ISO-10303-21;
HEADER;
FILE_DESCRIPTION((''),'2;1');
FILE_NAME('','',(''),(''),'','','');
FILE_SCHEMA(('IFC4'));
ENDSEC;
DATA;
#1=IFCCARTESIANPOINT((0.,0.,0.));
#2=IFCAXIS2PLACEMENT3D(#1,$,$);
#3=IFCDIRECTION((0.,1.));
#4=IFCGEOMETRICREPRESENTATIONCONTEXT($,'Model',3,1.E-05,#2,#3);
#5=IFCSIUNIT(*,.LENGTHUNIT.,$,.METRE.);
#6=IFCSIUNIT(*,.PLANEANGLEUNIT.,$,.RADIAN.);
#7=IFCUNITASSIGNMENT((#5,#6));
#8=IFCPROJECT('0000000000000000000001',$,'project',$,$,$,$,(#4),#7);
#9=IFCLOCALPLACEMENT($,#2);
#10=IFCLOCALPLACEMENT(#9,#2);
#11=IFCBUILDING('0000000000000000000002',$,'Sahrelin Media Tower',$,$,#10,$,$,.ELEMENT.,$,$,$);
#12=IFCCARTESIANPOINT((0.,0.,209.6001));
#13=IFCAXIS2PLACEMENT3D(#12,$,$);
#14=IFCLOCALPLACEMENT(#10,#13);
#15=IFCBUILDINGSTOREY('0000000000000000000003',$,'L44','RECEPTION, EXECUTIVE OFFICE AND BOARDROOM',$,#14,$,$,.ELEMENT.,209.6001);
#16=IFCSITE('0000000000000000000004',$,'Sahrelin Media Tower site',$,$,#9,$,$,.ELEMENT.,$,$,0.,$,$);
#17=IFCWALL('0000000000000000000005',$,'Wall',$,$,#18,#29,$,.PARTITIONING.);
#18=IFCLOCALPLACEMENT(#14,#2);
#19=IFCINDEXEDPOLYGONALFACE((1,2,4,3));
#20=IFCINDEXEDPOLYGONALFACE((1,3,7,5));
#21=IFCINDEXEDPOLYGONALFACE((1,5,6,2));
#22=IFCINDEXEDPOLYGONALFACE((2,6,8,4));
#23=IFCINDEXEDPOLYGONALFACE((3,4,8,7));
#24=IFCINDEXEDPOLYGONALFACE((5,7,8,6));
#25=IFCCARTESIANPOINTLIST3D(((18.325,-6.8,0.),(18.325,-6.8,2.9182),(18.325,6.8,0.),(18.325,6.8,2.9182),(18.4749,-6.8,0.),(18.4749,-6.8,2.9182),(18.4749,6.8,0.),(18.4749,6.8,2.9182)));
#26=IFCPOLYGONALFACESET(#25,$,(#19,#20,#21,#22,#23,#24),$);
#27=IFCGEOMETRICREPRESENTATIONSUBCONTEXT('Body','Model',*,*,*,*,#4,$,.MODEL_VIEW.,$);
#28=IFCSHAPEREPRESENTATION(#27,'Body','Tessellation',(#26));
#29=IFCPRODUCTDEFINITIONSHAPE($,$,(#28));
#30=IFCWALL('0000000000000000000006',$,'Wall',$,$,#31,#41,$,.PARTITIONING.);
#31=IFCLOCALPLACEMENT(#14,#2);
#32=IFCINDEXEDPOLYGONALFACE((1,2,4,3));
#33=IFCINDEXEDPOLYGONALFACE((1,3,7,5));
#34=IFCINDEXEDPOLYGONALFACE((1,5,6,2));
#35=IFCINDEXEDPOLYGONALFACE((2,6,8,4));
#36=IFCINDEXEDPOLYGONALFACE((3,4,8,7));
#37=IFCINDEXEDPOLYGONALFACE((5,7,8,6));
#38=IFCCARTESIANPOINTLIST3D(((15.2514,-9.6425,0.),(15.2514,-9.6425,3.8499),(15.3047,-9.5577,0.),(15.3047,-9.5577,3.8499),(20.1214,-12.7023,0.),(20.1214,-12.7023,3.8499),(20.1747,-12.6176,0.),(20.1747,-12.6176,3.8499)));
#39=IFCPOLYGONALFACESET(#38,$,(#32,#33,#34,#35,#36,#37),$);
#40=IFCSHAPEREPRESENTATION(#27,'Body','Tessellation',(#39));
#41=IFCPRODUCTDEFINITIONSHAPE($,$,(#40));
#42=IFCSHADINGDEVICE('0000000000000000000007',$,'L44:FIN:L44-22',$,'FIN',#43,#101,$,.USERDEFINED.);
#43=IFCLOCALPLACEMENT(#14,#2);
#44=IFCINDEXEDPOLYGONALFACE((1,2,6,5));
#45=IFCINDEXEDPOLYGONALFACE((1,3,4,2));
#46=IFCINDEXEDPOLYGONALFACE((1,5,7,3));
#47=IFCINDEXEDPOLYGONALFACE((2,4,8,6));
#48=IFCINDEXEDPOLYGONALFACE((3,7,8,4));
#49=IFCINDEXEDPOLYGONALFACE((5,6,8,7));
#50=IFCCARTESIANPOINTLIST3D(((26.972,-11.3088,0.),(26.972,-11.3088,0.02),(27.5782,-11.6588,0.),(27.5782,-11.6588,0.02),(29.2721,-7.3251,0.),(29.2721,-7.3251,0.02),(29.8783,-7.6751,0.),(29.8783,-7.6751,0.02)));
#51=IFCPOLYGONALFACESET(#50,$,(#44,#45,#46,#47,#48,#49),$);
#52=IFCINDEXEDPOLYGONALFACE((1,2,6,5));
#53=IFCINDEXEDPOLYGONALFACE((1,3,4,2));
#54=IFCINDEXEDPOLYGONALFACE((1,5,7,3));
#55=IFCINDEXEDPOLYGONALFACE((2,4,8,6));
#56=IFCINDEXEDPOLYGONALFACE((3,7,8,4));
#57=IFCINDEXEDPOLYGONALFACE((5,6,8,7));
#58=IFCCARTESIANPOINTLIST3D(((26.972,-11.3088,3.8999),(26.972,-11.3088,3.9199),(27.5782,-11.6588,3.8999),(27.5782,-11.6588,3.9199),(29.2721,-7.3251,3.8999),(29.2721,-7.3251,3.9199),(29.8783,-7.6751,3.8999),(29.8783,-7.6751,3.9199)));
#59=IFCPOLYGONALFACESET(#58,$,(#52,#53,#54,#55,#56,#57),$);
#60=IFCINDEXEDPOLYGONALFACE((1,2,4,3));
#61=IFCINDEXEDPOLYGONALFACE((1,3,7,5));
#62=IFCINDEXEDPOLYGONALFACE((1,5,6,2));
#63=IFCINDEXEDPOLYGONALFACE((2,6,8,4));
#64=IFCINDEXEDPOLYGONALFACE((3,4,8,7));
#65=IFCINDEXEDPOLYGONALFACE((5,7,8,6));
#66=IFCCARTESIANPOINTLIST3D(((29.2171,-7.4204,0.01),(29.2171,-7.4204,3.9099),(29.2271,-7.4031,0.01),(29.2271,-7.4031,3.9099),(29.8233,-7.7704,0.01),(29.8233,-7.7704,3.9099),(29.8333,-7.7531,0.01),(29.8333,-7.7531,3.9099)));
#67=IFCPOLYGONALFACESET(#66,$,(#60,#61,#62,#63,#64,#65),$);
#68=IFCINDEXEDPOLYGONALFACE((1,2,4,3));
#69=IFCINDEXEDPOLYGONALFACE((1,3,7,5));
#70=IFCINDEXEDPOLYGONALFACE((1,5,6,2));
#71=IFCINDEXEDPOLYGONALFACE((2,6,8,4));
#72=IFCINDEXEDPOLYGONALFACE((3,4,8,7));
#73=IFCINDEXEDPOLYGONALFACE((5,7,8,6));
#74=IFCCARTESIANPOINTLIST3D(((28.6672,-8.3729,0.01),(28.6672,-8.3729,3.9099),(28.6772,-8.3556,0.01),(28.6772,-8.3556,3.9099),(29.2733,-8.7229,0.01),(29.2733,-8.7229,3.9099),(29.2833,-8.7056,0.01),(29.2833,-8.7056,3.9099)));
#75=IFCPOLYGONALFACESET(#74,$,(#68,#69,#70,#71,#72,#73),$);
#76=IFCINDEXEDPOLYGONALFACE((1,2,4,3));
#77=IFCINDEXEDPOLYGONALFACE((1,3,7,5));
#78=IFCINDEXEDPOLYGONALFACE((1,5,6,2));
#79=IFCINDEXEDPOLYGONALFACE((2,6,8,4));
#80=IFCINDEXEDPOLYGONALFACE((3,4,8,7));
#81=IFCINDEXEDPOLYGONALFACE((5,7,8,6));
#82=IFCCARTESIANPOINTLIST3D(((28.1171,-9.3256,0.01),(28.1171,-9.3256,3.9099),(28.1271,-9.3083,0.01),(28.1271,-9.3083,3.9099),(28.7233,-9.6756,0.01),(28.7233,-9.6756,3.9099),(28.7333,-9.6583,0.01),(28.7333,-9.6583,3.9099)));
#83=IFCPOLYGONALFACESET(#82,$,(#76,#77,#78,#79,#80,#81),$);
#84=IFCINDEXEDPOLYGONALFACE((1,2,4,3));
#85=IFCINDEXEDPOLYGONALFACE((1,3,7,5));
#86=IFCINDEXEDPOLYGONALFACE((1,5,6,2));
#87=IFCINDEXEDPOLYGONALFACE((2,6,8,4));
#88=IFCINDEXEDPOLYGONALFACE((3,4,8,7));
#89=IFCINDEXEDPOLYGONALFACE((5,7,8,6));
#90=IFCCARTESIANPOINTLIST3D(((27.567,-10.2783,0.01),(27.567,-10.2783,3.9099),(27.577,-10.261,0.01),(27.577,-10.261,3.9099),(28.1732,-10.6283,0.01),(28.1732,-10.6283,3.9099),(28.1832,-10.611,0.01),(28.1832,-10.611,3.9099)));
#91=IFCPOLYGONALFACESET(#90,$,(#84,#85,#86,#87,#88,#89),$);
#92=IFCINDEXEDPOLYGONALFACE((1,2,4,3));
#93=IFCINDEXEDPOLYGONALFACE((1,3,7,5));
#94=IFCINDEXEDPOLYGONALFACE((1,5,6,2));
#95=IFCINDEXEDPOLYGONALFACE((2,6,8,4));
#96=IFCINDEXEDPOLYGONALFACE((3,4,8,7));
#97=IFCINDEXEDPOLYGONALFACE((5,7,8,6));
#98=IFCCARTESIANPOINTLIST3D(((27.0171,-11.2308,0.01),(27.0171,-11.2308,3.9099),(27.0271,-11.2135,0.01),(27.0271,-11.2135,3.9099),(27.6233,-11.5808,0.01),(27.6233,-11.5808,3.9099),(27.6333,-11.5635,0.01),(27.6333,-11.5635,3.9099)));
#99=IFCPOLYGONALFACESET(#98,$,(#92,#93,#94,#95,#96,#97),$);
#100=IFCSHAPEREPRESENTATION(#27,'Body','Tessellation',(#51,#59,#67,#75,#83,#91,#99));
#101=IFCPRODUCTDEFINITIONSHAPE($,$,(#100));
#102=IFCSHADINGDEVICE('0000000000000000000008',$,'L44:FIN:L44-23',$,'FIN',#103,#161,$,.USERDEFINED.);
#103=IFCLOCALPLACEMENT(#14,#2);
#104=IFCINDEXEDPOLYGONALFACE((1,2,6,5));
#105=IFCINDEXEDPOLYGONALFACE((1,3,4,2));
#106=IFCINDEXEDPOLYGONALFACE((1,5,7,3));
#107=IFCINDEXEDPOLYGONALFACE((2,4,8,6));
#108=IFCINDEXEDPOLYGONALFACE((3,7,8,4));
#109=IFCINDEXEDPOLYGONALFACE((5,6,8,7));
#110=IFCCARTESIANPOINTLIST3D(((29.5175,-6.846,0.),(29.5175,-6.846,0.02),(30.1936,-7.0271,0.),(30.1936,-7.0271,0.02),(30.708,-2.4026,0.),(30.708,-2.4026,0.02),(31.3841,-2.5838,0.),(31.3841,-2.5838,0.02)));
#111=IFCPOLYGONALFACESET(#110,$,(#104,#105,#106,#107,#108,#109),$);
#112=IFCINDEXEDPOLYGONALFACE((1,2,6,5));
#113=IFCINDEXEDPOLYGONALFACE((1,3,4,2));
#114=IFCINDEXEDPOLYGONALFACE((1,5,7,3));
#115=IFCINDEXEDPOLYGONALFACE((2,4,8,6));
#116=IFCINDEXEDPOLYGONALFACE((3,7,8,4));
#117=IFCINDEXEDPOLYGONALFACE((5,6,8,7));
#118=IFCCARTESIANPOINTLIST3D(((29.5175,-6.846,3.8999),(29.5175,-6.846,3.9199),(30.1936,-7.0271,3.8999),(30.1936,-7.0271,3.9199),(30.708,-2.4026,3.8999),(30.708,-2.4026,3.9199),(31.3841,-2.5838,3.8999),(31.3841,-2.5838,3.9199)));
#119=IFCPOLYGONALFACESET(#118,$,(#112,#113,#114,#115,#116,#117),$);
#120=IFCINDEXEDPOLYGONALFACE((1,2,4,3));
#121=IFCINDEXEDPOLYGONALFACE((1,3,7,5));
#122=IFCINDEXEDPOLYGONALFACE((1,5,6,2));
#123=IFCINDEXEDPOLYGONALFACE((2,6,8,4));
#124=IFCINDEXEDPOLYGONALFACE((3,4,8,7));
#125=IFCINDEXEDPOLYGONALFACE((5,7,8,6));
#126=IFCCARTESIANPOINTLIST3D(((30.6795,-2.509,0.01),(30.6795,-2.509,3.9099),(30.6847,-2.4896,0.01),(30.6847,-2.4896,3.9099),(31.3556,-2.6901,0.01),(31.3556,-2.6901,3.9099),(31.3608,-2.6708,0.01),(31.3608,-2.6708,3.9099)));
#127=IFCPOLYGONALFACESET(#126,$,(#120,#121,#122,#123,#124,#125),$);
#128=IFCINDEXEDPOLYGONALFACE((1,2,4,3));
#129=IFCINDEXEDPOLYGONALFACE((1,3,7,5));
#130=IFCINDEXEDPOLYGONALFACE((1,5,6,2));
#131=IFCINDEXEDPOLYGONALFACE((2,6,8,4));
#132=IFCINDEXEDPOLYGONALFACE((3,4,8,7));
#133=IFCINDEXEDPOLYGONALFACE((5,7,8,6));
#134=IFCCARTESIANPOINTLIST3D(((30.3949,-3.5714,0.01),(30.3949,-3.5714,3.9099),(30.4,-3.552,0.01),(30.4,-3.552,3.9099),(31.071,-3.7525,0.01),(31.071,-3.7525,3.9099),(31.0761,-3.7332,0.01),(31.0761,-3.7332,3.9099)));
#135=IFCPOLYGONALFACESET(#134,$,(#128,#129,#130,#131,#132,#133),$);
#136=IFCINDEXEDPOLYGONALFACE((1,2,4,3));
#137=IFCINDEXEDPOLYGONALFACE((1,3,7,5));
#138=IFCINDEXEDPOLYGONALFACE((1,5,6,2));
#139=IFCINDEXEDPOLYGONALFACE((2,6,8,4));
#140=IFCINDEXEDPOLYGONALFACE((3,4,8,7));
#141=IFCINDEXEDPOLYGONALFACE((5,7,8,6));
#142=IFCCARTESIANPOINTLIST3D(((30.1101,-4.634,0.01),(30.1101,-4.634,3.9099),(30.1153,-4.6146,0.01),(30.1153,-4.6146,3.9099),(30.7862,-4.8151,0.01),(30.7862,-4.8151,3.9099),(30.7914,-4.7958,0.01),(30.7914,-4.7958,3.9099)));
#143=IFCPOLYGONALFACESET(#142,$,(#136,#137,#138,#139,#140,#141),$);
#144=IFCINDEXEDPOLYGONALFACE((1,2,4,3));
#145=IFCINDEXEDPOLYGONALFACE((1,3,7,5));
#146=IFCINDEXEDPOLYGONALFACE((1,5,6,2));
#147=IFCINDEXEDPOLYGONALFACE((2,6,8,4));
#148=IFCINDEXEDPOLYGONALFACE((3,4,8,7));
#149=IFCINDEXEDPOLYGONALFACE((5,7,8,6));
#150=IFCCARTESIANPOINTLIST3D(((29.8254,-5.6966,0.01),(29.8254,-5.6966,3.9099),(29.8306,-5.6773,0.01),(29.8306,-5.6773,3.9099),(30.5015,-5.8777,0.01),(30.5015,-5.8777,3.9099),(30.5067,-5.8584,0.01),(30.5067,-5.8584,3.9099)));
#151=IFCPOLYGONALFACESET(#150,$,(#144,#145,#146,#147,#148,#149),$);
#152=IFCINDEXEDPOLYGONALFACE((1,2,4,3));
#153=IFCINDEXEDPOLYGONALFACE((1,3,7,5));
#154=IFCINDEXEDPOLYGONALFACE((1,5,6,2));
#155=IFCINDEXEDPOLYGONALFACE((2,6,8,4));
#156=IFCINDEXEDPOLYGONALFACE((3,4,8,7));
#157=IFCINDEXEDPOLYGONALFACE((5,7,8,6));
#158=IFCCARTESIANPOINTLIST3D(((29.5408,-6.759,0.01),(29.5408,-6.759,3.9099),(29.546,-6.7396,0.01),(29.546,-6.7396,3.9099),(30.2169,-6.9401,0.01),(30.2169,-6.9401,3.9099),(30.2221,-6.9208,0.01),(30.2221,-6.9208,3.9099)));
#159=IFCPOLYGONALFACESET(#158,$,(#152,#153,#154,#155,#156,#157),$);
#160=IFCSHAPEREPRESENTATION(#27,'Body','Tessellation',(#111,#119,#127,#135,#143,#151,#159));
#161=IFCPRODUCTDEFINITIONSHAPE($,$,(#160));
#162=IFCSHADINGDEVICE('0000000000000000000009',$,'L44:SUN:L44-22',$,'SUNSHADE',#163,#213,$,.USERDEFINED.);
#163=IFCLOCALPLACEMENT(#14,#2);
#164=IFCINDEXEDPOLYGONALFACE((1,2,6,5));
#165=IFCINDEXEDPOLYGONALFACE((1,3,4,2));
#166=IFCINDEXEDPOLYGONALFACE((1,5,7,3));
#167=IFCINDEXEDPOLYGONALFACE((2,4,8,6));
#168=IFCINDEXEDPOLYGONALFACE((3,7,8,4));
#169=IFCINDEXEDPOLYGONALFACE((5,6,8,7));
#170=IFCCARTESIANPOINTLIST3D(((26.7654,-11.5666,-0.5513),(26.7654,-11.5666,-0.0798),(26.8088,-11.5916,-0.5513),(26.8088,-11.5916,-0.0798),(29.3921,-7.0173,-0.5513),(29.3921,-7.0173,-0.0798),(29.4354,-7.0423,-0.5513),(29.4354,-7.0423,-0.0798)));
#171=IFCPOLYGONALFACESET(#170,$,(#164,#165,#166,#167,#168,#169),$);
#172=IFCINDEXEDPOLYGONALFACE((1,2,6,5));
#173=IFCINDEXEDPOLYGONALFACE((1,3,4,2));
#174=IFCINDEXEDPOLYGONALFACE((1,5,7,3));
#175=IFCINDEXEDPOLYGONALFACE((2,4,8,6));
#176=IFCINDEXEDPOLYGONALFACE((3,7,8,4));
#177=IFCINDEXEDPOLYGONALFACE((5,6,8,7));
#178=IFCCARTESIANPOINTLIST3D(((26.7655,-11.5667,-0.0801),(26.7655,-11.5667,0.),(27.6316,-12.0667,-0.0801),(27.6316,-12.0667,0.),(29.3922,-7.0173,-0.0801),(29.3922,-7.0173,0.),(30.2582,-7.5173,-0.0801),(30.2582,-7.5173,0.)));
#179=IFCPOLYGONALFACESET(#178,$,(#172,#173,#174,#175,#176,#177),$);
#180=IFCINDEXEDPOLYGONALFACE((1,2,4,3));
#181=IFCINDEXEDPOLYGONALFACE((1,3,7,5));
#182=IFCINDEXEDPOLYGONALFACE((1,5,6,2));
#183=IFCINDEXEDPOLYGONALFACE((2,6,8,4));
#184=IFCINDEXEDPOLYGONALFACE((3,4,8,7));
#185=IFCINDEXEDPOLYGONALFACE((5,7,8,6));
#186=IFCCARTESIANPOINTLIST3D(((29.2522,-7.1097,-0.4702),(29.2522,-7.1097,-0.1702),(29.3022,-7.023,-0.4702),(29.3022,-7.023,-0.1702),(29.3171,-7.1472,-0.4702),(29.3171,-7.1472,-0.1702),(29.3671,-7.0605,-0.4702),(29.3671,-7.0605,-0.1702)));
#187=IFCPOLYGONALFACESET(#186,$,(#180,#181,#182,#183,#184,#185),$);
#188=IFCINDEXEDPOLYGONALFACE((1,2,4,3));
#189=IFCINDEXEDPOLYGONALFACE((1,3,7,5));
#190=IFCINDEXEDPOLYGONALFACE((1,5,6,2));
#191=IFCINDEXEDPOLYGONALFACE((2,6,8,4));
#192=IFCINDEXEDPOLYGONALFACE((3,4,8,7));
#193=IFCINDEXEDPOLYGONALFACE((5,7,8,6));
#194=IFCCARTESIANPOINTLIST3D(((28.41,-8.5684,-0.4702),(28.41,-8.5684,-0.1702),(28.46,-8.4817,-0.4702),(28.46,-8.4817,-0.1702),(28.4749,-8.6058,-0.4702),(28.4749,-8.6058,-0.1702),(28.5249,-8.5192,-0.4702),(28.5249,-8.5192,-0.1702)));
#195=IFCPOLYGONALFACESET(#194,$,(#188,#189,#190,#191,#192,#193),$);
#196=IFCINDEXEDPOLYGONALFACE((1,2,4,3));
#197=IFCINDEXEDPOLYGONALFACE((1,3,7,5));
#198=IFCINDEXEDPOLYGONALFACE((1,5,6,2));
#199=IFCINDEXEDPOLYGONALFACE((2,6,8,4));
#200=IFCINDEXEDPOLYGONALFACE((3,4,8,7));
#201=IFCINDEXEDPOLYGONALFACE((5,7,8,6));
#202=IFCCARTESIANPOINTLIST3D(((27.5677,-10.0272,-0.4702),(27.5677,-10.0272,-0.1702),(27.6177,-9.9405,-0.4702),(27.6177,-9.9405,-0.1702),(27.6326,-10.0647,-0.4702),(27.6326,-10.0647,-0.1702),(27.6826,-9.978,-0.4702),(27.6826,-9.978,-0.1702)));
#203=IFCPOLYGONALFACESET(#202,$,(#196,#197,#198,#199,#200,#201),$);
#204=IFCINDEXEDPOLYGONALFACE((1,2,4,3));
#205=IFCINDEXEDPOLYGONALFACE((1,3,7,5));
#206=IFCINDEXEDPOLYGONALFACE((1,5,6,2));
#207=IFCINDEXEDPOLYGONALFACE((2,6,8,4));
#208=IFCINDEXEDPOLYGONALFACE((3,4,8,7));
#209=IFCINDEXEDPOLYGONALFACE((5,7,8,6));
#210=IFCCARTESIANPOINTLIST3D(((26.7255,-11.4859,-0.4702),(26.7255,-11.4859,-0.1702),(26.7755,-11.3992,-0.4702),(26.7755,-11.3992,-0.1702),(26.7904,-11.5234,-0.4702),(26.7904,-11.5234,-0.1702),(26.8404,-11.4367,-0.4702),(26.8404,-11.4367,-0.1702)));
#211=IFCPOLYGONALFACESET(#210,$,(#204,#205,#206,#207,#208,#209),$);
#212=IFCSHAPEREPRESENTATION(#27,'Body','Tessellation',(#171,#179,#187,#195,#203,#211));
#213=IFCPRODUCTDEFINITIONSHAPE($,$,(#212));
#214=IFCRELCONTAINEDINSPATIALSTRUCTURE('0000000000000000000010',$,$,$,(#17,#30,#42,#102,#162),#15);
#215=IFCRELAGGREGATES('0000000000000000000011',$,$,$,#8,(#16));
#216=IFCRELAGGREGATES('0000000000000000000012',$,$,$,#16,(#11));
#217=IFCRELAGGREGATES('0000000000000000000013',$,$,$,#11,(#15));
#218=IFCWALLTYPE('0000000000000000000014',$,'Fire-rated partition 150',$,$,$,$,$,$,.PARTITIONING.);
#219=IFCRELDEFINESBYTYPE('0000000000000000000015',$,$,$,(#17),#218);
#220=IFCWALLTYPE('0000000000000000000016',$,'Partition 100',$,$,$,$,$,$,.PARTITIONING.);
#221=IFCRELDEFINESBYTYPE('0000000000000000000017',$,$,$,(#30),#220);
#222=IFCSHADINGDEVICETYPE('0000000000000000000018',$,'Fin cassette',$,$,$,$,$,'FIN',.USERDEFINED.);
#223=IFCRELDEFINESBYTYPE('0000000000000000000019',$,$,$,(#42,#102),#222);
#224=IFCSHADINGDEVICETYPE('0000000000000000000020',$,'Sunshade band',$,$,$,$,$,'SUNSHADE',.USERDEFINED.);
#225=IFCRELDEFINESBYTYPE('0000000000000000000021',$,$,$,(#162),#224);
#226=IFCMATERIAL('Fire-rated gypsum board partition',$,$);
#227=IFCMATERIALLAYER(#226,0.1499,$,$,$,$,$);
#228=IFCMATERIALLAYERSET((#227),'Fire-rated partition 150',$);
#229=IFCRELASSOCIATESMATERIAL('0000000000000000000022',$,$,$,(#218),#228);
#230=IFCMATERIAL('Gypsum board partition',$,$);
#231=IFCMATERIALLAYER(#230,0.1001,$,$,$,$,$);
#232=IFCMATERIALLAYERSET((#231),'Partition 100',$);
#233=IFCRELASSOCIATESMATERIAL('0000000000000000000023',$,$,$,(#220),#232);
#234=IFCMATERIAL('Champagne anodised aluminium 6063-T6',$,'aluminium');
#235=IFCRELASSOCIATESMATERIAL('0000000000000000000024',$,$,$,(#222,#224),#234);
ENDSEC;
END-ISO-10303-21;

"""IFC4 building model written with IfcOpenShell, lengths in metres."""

from ifc_helpers import new_model, si_unit, direction, frame, frame_2d, origin, origin_2d, place, context, subcontext, project, spatial, rectangle, extrude, material, layer, layer_set, type_object, element, save


model = new_model("IFC4")

# Units and contexts
model_context = context("Model", 3, precision=1e-05, world=origin(), true_north=direction((0.0, 1.0)))
body_context = subcontext(model_context, "Body", "Model", "MODEL_VIEW")
ifc_project = project(units=[si_unit("LENGTHUNIT", "METRE"), si_unit("PLANEANGLEUNIT", "RADIAN")], contexts=[model_context])

# Site, building, storey
site_placement = place(None, origin())
site = spatial("IfcSite", under=ifc_project, at=site_placement, Name="Sahrelin Media Tower site", CompositionType="ELEMENT", RefElevation=0.0)
building_placement = place(site_placement, origin())
building = spatial("IfcBuilding", under=site, at=building_placement, Name="Sahrelin Media Tower", CompositionType="ELEMENT")
storey_placement = place(building_placement, frame((0.0, 0.0, 209.6001)))
storey = spatial("IfcBuildingStorey", under=building, at=storey_placement, Name="L44", Description="RECEPTION, EXECUTIVE OFFICE AND BOARDROOM", CompositionType="ELEMENT", Elevation=209.6001)

# Shared definitions
ifc_material_1 = material(Name="Champagne anodised aluminium 6063-T6", Category="aluminium")

# Walls
ifc_material_2 = material(Name="Fire-rated gypsum board partition")
ifc_layer_1 = layer(ifc_material_2, 0.1499)
ifc_layer_set_1 = layer_set([ifc_layer_1], Name="Fire-rated partition 150")
wall_type_1 = type_object("IfcWallType", Name="Fire-rated partition 150", PredefinedType="PARTITIONING", material=ifc_layer_set_1)
wall_1_placement = place(storey_placement, frame((18.3999, -6.8, 0.0), z_axis=(0.0, 0.0, 1.0), x_axis=(0.0, 1.0, 0.0)))
element("IfcWall", 1, at=wall_1_placement, inside=storey, type_object=wall_type_1, Name="Wall", PredefinedType="PARTITIONING", context=body_context, shape_type="SweptSolid", body=[
    extrude(rectangle(XDim=13.6001, YDim=0.1499, at=frame_2d((6.8, 0.0))), origin(), (0.0, 0.0, 1.0), 2.9182),
])
ifc_material_3 = material(Name="Gypsum board partition")
ifc_layer_2 = layer(ifc_material_3, 0.1001)
ifc_layer_set_2 = layer_set([ifc_layer_2], Name="Partition 100")
wall_type_2 = type_object("IfcWallType", Name="Partition 100", PredefinedType="PARTITIONING", material=ifc_layer_set_2)
wall_2_placement = place(storey_placement, frame((15.2781, -9.6001, 0.0), z_axis=(0.0, 0.0, 1.0), x_axis=(0.846734, -0.532016, 0.0)))
element("IfcWall", 2, at=wall_2_placement, inside=storey, type_object=wall_type_2, Name="Wall", PredefinedType="PARTITIONING", context=body_context, shape_type="SweptSolid", body=[
    extrude(rectangle(XDim=5.7515, YDim=0.1001, at=frame_2d((2.8757, 0.0))), origin(), (0.0, 0.0, 1.0), 3.8499),
])

# Shading devices
shading_device_type_1 = type_object("IfcShadingDeviceType", Name="Fin cassette", ElementType="FIN", PredefinedType="USERDEFINED", material=ifc_material_1)
placement_1 = place(storey_placement, frame((28.0615, -9.282, 0.0), z_axis=(0.0, 0.0, 1.0), x_axis=(-0.500011, -0.866019, 0.0)))
element("IfcShadingDevice", 3, at=placement_1, inside=storey, type_object=shading_device_type_1, Name="L44:FIN:L44-22", ObjectType="FIN", PredefinedType="USERDEFINED", context=body_context, shape_type="SweptSolid", body=[
    extrude(rectangle(XDim=4.6001, YDim=0.7, at=origin_2d()), frame((0.0, 0.4199, 0.0)), (0.0, 0.0, 1.0), 0.02),
    extrude(rectangle(XDim=4.6001, YDim=0.7, at=origin_2d()), frame((0.0, 0.4199, 3.8999)), (0.0, 0.0, 1.0), 0.02),
    extrude(rectangle(XDim=0.02, YDim=0.7, at=origin_2d()), frame((-2.2, 0.4199, 0.01), z_axis=(0.0, 0.0, 1.0), x_axis=(1.0, 0.0, 0.0)), (0.0, 0.0, 1.0), 3.8999),
    extrude(rectangle(XDim=0.02, YDim=0.7, at=origin_2d()), frame((-1.1001, 0.4199, 0.01), z_axis=(0.0, 0.0, 1.0), x_axis=(1.0, 0.0, 0.0)), (0.0, 0.0, 1.0), 3.8999),
    extrude(rectangle(XDim=0.02, YDim=0.7, at=origin_2d()), frame((0.0, 0.4199, 0.01), z_axis=(0.0, 0.0, 1.0), x_axis=(1.0, 0.0, 0.0)), (0.0, 0.0, 1.0), 3.8999),
    extrude(rectangle(XDim=0.02, YDim=0.7, at=origin_2d()), frame((1.1001, 0.4199, 0.01), z_axis=(0.0, 0.0, 1.0), x_axis=(1.0, 0.0, 0.0)), (0.0, 0.0, 1.0), 3.8999),
    extrude(rectangle(XDim=0.02, YDim=0.7, at=origin_2d()), frame((2.2, 0.4199, 0.01), z_axis=(0.0, 0.0, 1.0), x_axis=(1.0, 0.0, 0.0)), (0.0, 0.0, 1.0), 3.8999),
])
placement_2 = place(storey_placement, frame((30.0452, -4.6062, 0.0), z_axis=(0.0, 0.0, 1.0), x_axis=(-0.258808, -0.965929, 0.0)))
element("IfcShadingDevice", 4, at=placement_2, inside=storey, type_object=shading_device_type_1, Name="L44:FIN:L44-23", ObjectType="FIN", PredefinedType="USERDEFINED", context=body_context, shape_type="SweptSolid", body=[
    extrude(rectangle(XDim=4.6001, YDim=0.7, at=origin_2d()), frame((0.0, 0.4199, 0.0)), (0.0, 0.0, 1.0), 0.02),
    extrude(rectangle(XDim=4.6001, YDim=0.7, at=origin_2d()), frame((0.0, 0.4199, 3.8999)), (0.0, 0.0, 1.0), 0.02),
    extrude(rectangle(XDim=0.02, YDim=0.7, at=origin_2d()), frame((-2.2, 0.4199, 0.01), z_axis=(0.0, 0.0, 1.0), x_axis=(1.0, 0.0, 0.0)), (0.0, 0.0, 1.0), 3.8999),
    extrude(rectangle(XDim=0.02, YDim=0.7, at=origin_2d()), frame((-1.1001, 0.4199, 0.01), z_axis=(0.0, 0.0, 1.0), x_axis=(1.0, 0.0, 0.0)), (0.0, 0.0, 1.0), 3.8999),
    extrude(rectangle(XDim=0.02, YDim=0.7, at=origin_2d()), frame((0.0, 0.4199, 0.01), z_axis=(0.0, 0.0, 1.0), x_axis=(1.0, 0.0, 0.0)), (0.0, 0.0, 1.0), 3.8999),
    extrude(rectangle(XDim=0.02, YDim=0.7, at=origin_2d()), frame((1.1001, 0.4199, 0.01), z_axis=(0.0, 0.0, 1.0), x_axis=(1.0, 0.0, 0.0)), (0.0, 0.0, 1.0), 3.8999),
    extrude(rectangle(XDim=0.02, YDim=0.7, at=origin_2d()), frame((2.2, 0.4199, 0.01), z_axis=(0.0, 0.0, 1.0), x_axis=(1.0, 0.0, 0.0)), (0.0, 0.0, 1.0), 3.8999),
])
shading_device_type_2 = type_object("IfcShadingDeviceType", Name="Sunshade band", ElementType="SUNSHADE", PredefinedType="USERDEFINED", material=ifc_material_1)
element("IfcShadingDevice", 5, at=placement_1, inside=storey, type_object=shading_device_type_2, Name="L44:SUN:L44-22", ObjectType="SUNSHADE", PredefinedType="USERDEFINED", context=body_context, shape_type="SweptSolid", body=[
    extrude(rectangle(XDim=5.2532, YDim=0.05, at=origin_2d()), frame((0.0, 0.0449, -0.5513)), (0.0, 0.0, 1.0), 0.4714),
    extrude(rectangle(XDim=5.2532, YDim=1.0, at=origin_2d()), frame((0.0, 0.52, -0.0801)), (0.0, 0.0, 1.0), 0.0801),
    extrude(rectangle(XDim=0.1001, YDim=0.075, at=origin_2d()), frame((-2.5266, -0.0176, -0.4702)), (0.0, 0.0, 1.0), 0.3),
    extrude(rectangle(XDim=0.1001, YDim=0.075, at=origin_2d()), frame((-0.8423, -0.0176, -0.4702)), (0.0, 0.0, 1.0), 0.3),
    extrude(rectangle(XDim=0.1001, YDim=0.075, at=origin_2d()), frame((0.8423, -0.0176, -0.4702)), (0.0, 0.0, 1.0), 0.3),
    extrude(rectangle(XDim=0.1001, YDim=0.075, at=origin_2d()), frame((2.5266, -0.0176, -0.4702)), (0.0, 0.0, 1.0), 0.3),
])

save(model, "model.ifc")
